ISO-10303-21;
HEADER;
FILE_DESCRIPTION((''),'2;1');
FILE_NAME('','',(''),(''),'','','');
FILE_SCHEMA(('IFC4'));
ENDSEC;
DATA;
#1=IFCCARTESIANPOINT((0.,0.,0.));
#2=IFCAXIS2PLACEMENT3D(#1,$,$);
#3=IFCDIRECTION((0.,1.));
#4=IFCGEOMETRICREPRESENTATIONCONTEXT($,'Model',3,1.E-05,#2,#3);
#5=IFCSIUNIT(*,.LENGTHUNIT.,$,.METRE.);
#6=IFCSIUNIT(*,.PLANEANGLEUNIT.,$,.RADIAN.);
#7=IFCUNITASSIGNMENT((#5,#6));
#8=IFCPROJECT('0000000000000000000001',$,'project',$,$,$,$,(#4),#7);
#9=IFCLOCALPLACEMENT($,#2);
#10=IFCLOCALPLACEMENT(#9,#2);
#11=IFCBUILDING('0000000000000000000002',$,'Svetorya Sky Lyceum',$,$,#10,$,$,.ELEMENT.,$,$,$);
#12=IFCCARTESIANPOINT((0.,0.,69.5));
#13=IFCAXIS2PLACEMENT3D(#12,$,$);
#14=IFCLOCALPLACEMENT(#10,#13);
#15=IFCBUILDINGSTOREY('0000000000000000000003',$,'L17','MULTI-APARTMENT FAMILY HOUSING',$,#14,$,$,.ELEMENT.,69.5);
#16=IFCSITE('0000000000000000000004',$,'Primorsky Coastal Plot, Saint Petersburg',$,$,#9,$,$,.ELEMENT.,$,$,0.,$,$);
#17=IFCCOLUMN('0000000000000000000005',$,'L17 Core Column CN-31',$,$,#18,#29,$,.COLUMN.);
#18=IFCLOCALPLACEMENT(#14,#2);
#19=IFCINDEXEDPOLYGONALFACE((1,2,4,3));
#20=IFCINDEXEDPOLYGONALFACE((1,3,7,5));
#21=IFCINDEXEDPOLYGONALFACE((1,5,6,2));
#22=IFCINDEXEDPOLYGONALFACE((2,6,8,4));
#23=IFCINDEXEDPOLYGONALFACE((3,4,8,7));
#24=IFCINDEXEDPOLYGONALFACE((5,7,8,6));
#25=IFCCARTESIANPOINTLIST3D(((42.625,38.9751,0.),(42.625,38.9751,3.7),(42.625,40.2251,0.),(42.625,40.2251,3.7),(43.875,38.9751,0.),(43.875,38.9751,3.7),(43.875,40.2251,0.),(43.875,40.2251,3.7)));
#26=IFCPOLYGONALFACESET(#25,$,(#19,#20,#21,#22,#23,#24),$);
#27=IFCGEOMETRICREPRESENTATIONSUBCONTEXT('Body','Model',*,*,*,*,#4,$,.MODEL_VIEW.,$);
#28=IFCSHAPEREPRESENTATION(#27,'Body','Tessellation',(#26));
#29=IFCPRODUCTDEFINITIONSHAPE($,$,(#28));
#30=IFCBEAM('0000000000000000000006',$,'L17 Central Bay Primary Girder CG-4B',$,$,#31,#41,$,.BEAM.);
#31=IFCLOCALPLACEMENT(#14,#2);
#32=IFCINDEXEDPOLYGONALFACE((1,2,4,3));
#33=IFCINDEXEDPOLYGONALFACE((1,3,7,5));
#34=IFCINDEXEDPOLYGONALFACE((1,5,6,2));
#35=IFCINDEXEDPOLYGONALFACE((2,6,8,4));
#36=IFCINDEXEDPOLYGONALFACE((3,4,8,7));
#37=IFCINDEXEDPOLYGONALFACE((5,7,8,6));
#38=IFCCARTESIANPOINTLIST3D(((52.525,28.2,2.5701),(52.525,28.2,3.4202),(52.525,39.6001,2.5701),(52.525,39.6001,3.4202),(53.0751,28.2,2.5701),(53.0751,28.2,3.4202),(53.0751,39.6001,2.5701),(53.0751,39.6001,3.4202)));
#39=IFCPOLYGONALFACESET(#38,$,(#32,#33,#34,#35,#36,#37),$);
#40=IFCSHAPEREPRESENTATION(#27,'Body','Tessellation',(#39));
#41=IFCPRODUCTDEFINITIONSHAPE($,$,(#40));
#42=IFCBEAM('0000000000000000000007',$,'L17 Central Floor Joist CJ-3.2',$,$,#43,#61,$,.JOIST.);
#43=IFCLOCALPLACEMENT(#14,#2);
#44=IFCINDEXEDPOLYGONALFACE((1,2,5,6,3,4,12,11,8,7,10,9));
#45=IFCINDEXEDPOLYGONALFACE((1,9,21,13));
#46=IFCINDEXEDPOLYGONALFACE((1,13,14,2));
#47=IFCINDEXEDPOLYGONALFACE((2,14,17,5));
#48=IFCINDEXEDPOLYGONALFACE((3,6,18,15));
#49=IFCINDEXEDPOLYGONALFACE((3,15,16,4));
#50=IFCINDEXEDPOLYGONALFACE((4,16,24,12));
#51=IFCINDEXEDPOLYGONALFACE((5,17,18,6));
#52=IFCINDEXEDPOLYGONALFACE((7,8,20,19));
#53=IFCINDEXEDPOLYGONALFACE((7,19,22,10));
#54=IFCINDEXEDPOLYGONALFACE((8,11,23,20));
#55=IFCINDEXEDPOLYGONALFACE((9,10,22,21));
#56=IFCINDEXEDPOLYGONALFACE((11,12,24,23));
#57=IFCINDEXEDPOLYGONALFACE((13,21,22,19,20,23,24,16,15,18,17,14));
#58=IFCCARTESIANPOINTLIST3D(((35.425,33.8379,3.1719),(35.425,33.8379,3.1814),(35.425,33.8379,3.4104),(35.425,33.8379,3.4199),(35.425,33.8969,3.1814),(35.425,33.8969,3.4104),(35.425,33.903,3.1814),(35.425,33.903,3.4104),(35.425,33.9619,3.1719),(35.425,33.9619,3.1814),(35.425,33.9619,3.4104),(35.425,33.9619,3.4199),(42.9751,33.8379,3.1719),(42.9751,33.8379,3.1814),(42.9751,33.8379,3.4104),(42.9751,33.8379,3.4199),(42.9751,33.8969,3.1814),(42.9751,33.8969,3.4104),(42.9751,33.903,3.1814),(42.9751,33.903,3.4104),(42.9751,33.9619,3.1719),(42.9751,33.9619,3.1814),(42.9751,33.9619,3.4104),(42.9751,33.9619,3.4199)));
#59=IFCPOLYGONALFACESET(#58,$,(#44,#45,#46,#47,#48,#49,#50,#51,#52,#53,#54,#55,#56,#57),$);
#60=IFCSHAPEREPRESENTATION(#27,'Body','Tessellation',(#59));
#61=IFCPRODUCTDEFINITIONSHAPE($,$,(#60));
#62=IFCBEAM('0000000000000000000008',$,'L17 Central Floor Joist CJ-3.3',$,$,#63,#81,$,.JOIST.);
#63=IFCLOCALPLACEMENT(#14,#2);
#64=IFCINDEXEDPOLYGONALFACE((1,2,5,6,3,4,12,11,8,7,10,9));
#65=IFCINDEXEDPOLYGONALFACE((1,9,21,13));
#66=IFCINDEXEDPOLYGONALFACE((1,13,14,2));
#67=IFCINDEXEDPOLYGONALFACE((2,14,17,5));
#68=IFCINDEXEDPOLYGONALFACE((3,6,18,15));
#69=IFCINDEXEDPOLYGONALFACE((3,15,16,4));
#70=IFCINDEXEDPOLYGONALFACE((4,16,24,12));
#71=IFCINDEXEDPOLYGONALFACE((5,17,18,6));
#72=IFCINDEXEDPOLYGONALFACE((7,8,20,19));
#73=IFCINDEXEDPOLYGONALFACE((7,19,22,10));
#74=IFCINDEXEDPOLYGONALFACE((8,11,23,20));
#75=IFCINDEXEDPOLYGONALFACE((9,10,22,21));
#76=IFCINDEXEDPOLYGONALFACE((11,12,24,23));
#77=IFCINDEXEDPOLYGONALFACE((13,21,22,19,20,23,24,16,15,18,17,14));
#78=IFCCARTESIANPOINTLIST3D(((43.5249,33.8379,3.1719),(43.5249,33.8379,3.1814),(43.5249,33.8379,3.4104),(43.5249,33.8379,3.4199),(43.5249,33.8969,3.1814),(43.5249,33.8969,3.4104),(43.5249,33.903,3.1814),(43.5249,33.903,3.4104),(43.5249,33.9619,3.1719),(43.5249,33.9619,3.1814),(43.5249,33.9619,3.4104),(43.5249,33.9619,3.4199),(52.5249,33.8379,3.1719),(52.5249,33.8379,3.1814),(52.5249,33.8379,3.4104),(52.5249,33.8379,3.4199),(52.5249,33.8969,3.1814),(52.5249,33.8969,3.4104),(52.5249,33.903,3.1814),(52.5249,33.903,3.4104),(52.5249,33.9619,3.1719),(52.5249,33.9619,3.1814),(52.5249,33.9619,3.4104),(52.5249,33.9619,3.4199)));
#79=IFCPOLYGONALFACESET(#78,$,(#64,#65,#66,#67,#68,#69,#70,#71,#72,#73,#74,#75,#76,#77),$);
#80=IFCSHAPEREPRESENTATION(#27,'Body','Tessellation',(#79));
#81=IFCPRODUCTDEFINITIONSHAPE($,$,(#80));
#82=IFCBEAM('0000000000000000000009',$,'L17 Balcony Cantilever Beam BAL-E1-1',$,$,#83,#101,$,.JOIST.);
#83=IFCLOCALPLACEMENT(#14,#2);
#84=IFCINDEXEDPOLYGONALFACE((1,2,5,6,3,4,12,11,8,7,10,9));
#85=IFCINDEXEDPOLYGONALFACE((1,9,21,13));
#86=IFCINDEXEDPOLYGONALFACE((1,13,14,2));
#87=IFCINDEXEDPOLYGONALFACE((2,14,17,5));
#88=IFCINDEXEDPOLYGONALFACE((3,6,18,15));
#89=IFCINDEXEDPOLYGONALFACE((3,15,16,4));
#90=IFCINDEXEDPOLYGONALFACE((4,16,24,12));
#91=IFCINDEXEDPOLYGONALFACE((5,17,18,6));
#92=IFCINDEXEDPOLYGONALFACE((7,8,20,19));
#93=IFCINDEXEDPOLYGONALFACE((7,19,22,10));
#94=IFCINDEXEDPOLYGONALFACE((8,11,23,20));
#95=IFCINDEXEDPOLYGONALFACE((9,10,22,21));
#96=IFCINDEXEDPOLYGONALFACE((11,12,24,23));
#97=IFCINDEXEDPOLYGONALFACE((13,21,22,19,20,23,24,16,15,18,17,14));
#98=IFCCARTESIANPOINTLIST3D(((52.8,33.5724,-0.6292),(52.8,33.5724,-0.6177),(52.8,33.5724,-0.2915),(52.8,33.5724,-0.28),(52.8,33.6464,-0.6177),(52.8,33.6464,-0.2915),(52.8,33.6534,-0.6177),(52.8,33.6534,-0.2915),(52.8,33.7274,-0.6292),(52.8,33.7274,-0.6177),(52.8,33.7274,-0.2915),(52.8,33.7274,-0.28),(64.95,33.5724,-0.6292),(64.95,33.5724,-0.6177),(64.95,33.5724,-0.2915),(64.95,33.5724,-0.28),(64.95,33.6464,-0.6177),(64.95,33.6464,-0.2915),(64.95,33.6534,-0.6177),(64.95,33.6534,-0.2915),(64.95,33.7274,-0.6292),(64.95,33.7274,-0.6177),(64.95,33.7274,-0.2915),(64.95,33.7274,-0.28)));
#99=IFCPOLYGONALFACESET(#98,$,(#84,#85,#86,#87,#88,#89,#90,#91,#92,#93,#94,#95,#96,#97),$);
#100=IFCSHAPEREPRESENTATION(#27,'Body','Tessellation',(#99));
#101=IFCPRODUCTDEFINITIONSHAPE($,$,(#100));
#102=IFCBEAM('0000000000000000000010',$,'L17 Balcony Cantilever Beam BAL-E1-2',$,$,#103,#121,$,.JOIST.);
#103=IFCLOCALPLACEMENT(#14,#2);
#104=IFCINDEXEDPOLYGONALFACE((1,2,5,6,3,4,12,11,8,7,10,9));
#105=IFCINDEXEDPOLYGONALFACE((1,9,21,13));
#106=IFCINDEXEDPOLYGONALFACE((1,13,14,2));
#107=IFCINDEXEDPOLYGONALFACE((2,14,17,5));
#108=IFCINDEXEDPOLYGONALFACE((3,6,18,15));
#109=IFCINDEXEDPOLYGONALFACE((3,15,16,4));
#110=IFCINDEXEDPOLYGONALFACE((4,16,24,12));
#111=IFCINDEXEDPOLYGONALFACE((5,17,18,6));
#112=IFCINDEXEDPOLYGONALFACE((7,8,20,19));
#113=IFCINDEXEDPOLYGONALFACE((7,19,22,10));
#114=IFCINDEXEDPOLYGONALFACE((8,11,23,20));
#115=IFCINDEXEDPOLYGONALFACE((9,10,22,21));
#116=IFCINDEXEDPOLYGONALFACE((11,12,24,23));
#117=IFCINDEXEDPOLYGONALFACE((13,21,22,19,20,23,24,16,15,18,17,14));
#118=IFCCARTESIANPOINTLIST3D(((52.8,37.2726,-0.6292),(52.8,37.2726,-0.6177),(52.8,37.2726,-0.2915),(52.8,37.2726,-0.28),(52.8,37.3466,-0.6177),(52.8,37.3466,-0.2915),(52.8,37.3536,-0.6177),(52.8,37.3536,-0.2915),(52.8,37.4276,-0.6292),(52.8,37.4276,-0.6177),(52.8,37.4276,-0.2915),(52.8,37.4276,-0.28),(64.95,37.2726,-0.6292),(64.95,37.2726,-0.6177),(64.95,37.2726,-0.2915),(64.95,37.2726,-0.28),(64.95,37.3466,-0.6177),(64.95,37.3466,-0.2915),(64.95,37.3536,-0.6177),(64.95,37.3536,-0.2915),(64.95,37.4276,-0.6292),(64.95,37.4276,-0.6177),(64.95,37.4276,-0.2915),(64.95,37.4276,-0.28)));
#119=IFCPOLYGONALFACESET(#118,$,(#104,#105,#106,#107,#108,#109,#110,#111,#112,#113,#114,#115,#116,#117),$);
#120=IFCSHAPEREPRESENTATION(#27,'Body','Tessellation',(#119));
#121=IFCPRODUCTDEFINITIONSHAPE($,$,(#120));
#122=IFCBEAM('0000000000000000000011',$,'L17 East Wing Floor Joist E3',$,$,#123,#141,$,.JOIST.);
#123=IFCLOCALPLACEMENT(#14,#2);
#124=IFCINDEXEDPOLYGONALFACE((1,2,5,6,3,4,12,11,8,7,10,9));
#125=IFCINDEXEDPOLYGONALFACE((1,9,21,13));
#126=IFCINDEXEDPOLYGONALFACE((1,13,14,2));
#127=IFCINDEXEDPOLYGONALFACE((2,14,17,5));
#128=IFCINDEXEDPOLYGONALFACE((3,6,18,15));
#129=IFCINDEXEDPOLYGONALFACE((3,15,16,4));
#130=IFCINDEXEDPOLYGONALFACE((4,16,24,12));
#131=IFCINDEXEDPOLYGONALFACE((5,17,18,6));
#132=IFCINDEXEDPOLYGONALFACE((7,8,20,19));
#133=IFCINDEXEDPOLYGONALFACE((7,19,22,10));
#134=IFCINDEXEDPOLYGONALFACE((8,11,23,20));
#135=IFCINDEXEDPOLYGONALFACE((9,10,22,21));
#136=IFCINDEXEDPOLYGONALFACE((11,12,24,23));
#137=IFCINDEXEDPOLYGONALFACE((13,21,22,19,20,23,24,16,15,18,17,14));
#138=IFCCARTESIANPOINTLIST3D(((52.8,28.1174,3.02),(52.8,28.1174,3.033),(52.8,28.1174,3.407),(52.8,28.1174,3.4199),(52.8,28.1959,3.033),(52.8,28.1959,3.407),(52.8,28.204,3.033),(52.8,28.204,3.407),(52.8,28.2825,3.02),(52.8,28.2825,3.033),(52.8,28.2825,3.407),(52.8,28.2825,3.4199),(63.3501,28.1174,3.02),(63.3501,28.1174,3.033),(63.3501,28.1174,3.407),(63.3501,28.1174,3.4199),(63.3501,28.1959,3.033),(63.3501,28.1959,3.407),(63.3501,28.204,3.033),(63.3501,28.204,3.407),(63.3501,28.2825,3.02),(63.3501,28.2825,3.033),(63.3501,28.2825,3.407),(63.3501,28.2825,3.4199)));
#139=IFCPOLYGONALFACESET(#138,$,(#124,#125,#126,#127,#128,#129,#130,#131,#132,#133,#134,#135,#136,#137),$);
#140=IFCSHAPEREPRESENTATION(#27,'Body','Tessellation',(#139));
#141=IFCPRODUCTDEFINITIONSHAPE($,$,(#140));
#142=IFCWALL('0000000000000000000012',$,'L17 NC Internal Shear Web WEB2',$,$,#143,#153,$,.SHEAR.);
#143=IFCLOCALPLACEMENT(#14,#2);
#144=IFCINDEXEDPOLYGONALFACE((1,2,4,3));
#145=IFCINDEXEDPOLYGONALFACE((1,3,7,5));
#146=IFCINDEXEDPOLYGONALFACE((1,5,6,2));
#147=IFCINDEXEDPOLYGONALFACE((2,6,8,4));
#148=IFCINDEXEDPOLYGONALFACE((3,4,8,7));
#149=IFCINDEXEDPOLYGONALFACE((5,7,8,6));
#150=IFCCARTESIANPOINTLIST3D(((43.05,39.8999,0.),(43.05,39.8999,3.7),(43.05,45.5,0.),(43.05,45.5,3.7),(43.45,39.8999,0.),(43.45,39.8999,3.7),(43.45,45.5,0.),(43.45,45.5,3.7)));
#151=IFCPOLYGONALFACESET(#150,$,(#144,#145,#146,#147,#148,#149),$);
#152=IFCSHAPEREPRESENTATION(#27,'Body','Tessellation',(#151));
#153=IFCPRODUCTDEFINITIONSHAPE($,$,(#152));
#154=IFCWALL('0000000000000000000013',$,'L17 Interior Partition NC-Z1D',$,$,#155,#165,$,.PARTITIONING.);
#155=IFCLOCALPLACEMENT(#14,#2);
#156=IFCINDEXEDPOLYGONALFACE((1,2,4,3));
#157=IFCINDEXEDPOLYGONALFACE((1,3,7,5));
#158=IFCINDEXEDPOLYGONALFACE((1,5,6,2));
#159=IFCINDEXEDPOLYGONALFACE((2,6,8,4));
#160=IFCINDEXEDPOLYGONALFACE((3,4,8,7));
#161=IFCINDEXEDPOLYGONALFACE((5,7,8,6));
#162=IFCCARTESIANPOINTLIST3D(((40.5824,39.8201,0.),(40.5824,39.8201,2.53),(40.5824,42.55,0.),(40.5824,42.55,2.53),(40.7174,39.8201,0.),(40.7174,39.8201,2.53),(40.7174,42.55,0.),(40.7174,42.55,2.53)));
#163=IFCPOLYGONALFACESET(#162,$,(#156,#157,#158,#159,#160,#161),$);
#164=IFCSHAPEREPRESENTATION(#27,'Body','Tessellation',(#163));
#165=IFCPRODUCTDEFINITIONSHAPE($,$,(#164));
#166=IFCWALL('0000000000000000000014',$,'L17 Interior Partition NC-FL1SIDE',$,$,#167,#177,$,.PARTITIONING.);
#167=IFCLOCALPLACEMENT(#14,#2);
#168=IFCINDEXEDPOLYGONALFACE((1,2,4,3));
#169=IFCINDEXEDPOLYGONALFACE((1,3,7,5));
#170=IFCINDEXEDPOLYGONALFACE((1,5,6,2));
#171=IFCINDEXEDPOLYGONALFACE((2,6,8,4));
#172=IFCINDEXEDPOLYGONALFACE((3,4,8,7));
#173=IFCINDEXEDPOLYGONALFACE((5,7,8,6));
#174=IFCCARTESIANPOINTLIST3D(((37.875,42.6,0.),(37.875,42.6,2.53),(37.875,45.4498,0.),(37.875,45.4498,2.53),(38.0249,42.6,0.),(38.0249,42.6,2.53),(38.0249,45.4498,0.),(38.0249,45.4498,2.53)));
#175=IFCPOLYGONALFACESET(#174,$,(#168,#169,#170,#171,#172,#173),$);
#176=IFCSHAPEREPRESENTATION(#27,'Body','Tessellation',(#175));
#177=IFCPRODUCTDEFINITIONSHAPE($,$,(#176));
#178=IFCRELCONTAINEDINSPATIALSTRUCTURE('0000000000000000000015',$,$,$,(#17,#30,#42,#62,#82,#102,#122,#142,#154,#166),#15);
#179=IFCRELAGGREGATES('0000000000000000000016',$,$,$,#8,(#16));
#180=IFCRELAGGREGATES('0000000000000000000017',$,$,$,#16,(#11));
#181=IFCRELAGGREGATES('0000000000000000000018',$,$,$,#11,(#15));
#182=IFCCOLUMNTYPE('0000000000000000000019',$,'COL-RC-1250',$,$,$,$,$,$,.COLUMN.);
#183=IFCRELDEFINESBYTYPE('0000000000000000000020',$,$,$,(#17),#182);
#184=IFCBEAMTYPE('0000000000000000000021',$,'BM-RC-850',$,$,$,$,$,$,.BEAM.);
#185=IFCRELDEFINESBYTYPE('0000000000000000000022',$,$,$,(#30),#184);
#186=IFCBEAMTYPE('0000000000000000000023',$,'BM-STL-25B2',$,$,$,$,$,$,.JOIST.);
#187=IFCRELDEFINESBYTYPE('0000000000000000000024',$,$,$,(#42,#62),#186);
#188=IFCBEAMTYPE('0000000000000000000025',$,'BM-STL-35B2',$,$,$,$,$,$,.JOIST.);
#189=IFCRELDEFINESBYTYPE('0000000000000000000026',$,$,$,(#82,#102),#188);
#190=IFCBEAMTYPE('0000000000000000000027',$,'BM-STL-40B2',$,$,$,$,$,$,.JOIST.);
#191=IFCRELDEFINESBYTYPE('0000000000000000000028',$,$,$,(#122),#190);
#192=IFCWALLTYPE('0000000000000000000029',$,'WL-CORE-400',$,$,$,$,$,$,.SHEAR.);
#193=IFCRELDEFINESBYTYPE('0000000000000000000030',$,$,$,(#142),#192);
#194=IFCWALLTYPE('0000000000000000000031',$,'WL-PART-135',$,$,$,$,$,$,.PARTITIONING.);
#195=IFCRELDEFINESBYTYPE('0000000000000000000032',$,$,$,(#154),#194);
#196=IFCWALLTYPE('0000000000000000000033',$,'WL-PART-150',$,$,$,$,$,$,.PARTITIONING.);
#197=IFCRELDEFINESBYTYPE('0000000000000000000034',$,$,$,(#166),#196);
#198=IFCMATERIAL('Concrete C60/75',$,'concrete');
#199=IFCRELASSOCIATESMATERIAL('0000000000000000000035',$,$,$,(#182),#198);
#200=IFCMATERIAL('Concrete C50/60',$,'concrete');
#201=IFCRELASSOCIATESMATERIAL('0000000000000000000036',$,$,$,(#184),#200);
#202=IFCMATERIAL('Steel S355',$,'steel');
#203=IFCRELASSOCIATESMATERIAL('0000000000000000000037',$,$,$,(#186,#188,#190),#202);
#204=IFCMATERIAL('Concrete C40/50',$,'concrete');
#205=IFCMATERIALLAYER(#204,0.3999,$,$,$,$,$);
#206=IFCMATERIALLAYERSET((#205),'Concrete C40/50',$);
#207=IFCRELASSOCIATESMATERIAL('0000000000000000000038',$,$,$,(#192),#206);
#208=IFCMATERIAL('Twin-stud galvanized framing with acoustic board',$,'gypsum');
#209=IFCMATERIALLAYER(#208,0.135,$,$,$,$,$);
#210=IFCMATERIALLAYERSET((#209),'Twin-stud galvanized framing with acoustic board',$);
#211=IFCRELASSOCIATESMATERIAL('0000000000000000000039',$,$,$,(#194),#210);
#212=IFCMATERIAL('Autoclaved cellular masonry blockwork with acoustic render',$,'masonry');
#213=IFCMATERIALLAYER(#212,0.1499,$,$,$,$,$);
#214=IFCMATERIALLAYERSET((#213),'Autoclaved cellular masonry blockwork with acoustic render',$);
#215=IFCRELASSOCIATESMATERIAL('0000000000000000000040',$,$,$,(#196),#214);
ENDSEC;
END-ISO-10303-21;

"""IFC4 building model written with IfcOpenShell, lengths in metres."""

from ifc_helpers import new_model, si_unit, direction, frame, frame_2d, origin, origin_2d, place, context, subcontext, project, spatial, rectangle, i_section, extrude, material, layer, layer_set, material_profile, profile_set, type_object, element, save


model = new_model("IFC4")

# Units and contexts
model_context = context("Model", 3, precision=1e-05, world=origin(), true_north=direction((0.0, 1.0)))
body_context = subcontext(model_context, "Body", "Model", "MODEL_VIEW")
ifc_project = project(units=[si_unit("LENGTHUNIT", "METRE"), si_unit("PLANEANGLEUNIT", "RADIAN")], contexts=[model_context])

# Site, building, storey
site_placement = place(None, origin())
site = spatial("IfcSite", under=ifc_project, at=site_placement, Name="Primorsky Coastal Plot, Saint Petersburg", CompositionType="ELEMENT", RefElevation=0.0)
building_placement = place(site_placement, origin())
building = spatial("IfcBuilding", under=site, at=building_placement, Name="Svetorya Sky Lyceum", CompositionType="ELEMENT")
storey_placement = place(building_placement, frame((0.0, 0.0, 69.5)))
storey = spatial("IfcBuildingStorey", under=building, at=storey_placement, Name="L17", Description="MULTI-APARTMENT FAMILY HOUSING", CompositionType="ELEMENT", Elevation=69.5)

# Column
ifc_material_1 = material(Name="Concrete C60/75", Category="concrete")
ifc_material_profile_1 = material_profile(ifc_material_1, rectangle(XDim=1.25, YDim=1.25, at=origin_2d()), Name="RC COL 1250x1250")
ifc_profile_set_1 = profile_set([ifc_material_profile_1], Name="Concrete C60/75")
column_type = type_object("IfcColumnType", Name="COL-RC-1250", PredefinedType="COLUMN", material=ifc_profile_set_1)
column_placement = place(storey_placement, frame((43.25, 39.6001, 0.0), z_axis=(0.0, 0.0, 1.0), x_axis=(1.0, 0.0, 0.0)))
element("IfcColumn", 1, at=column_placement, inside=storey, type_object=column_type, Name="L17 Core Column CN-31", PredefinedType="COLUMN", context=body_context, shape_type="SweptSolid", body=[
    extrude(rectangle(XDim=1.25, YDim=1.25, at=origin_2d()), origin(), (0.0, 0.0, 1.0), 3.7),
])

# Beams
ifc_material_2 = material(Name="Concrete C50/60", Category="concrete")
ifc_material_profile_2 = material_profile(ifc_material_2, rectangle(XDim=0.55, YDim=0.8501, at=origin_2d()), Name="RC BEAM 550x850")
ifc_profile_set_2 = profile_set([ifc_material_profile_2], Name="Concrete C50/60")
beam_type_1 = type_object("IfcBeamType", Name="BM-RC-850", PredefinedType="BEAM", material=ifc_profile_set_2)
beam_1_placement = place(storey_placement, frame((52.8, 28.2, 2.9951), z_axis=(0.0, 1.0, 0.0), x_axis=(-1.0, 0.0, 0.0)))
element("IfcBeam", 2, at=beam_1_placement, inside=storey, type_object=beam_type_1, Name="L17 Central Bay Primary Girder CG-4B", PredefinedType="BEAM", context=body_context, shape_type="SweptSolid", body=[
    extrude(rectangle(XDim=0.55, YDim=0.8501, at=origin_2d()), origin(), (0.0, 0.0, 1.0), 11.4001),
])
ifc_material_3 = material(Name="Steel S355", Category="steel")
ifc_material_profile_3 = material_profile(ifc_material_3, i_section(OverallWidth=0.124, OverallDepth=0.248, WebThickness=0.0061, FlangeThickness=0.0095, at=origin_2d()), Name="GOST 25B2")
ifc_profile_set_3 = profile_set([ifc_material_profile_3], Name="Steel S355")
beam_type_2 = type_object("IfcBeamType", Name="BM-STL-25B2", PredefinedType="JOIST", material=ifc_profile_set_3)
beam_2_placement = place(storey_placement, frame((35.425, 33.8999, 3.2959), z_axis=(1.0, 0.0, 0.0), x_axis=(0.0, 1.0, 0.0)))
element("IfcBeam", 3, at=beam_2_placement, inside=storey, type_object=beam_type_2, Name="L17 Central Floor Joist CJ-3.2", PredefinedType="JOIST", context=body_context, shape_type="SweptSolid", body=[
    extrude(i_section(OverallWidth=0.124, OverallDepth=0.248, WebThickness=0.0061, FlangeThickness=0.0095, at=origin_2d()), origin(), (0.0, 0.0, 1.0), 7.55),
])
beam_3_placement = place(storey_placement, frame((43.5249, 33.8999, 3.2959), z_axis=(1.0, 0.0, 0.0), x_axis=(0.0, 1.0, 0.0)))
element("IfcBeam", 4, at=beam_3_placement, inside=storey, type_object=beam_type_2, Name="L17 Central Floor Joist CJ-3.3", PredefinedType="JOIST", context=body_context, shape_type="SweptSolid", body=[
    extrude(i_section(OverallWidth=0.124, OverallDepth=0.248, WebThickness=0.0061, FlangeThickness=0.0095, at=origin_2d()), origin(), (0.0, 0.0, 1.0), 9.0),
])
ifc_material_profile_4 = material_profile(ifc_material_3, i_section(OverallWidth=0.155, OverallDepth=0.3491, WebThickness=0.0071, FlangeThickness=0.0115, at=origin_2d()), Name="GOST 35B2")
ifc_profile_set_4 = profile_set([ifc_material_profile_4], Name="Steel S355")
beam_type_3 = type_object("IfcBeamType", Name="BM-STL-35B2", PredefinedType="JOIST", material=ifc_profile_set_4)
for number, where, z_axis, x_axis, name in (
    (5, (52.8, 33.6499, -0.4546), (1.0, 0.0, 0.0), (0.0, 1.0, 0.0), "L17 Balcony Cantilever Beam BAL-E1-1"),
    (6, (52.8, 37.3501, -0.4546), (1.0, 0.0, 0.0), (0.0, 1.0, 0.0), "L17 Balcony Cantilever Beam BAL-E1-2"),
):
    element("IfcBeam", number, at=place(storey_placement, frame(where, z_axis=z_axis, x_axis=x_axis)), inside=storey, type_object=beam_type_3, Name=name, PredefinedType="JOIST", context=body_context, shape_type="SweptSolid", body=[
        extrude(i_section(OverallWidth=0.155, OverallDepth=0.3491, WebThickness=0.0071, FlangeThickness=0.0115, at=origin_2d()), origin(), (0.0, 0.0, 1.0), 12.1499),
    ])
ifc_material_profile_5 = material_profile(ifc_material_3, i_section(OverallWidth=0.165, OverallDepth=0.3999, WebThickness=0.0081, FlangeThickness=0.0129, at=origin_2d()), Name="GOST 40B2")
ifc_profile_set_5 = profile_set([ifc_material_profile_5], Name="Steel S355")
beam_type_4 = type_object("IfcBeamType", Name="BM-STL-40B2", PredefinedType="JOIST", material=ifc_profile_set_5)
beam_4_placement = place(storey_placement, frame((52.8, 28.2, 3.22), z_axis=(1.0, 0.0, 0.0), x_axis=(0.0, 1.0, 0.0)))
element("IfcBeam", 7, at=beam_4_placement, inside=storey, type_object=beam_type_4, Name="L17 East Wing Floor Joist E3", PredefinedType="JOIST", context=body_context, shape_type="SweptSolid", body=[
    extrude(i_section(OverallWidth=0.165, OverallDepth=0.3999, WebThickness=0.0081, FlangeThickness=0.0129, at=origin_2d()), origin(), (0.0, 0.0, 1.0), 10.55),
])

# Walls
ifc_material_4 = material(Name="Concrete C40/50", Category="concrete")
ifc_layer_1 = layer(ifc_material_4, 0.3999)
ifc_layer_set_1 = layer_set([ifc_layer_1], Name="Concrete C40/50")
wall_type_1 = type_object("IfcWallType", Name="WL-CORE-400", PredefinedType="SHEAR", material=ifc_layer_set_1)
wall_1_placement = place(storey_placement, frame((43.25, 39.8999, 0.0), z_axis=(0.0, 0.0, 1.0), x_axis=(0.0, 1.0, 0.0)))
element("IfcWall", 8, at=wall_1_placement, inside=storey, type_object=wall_type_1, Name="L17 NC Internal Shear Web WEB2", PredefinedType="SHEAR", context=body_context, shape_type="SweptSolid", body=[
    extrude(rectangle(XDim=5.6001, YDim=0.3999, at=frame_2d((2.8, 0.0))), origin(), (0.0, 0.0, 1.0), 3.7),
])
ifc_material_5 = material(Name="Twin-stud galvanized framing with acoustic board", Category="gypsum")
ifc_layer_2 = layer(ifc_material_5, 0.135)
ifc_layer_set_2 = layer_set([ifc_layer_2], Name="Twin-stud galvanized framing with acoustic board")
wall_type_2 = type_object("IfcWallType", Name="WL-PART-135", PredefinedType="PARTITIONING", material=ifc_layer_set_2)
wall_2_placement = place(storey_placement, frame((40.6499, 39.8201, 0.0), z_axis=(0.0, 0.0, 1.0), x_axis=(0.0, 1.0, 0.0)))
element("IfcWall", 9, at=wall_2_placement, inside=storey, type_object=wall_type_2, Name="L17 Interior Partition NC-Z1D", PredefinedType="PARTITIONING", context=body_context, shape_type="SweptSolid", body=[
    extrude(rectangle(XDim=2.73, YDim=0.135, at=frame_2d((1.365, 0.0))), origin(), (0.0, 0.0, 1.0), 2.53),
])
ifc_material_6 = material(Name="Autoclaved cellular masonry blockwork with acoustic render", Category="masonry")
ifc_layer_3 = layer(ifc_material_6, 0.1499)
ifc_layer_set_3 = layer_set([ifc_layer_3], Name="Autoclaved cellular masonry blockwork with acoustic render")
wall_type_3 = type_object("IfcWallType", Name="WL-PART-150", PredefinedType="PARTITIONING", material=ifc_layer_set_3)
wall_3_placement = place(storey_placement, frame((37.95, 42.6001, 0.0), z_axis=(0.0, 0.0, 1.0), x_axis=(0.0, 1.0, 0.0)))
element("IfcWall", 10, at=wall_3_placement, inside=storey, type_object=wall_type_3, Name="L17 Interior Partition NC-FL1SIDE", PredefinedType="PARTITIONING", context=body_context, shape_type="SweptSolid", body=[
    extrude(rectangle(XDim=2.8499, YDim=0.1499, at=frame_2d((1.4248, 0.0))), origin(), (0.0, 0.0, 1.0), 2.53),
])

save(model, "model.ifc")
